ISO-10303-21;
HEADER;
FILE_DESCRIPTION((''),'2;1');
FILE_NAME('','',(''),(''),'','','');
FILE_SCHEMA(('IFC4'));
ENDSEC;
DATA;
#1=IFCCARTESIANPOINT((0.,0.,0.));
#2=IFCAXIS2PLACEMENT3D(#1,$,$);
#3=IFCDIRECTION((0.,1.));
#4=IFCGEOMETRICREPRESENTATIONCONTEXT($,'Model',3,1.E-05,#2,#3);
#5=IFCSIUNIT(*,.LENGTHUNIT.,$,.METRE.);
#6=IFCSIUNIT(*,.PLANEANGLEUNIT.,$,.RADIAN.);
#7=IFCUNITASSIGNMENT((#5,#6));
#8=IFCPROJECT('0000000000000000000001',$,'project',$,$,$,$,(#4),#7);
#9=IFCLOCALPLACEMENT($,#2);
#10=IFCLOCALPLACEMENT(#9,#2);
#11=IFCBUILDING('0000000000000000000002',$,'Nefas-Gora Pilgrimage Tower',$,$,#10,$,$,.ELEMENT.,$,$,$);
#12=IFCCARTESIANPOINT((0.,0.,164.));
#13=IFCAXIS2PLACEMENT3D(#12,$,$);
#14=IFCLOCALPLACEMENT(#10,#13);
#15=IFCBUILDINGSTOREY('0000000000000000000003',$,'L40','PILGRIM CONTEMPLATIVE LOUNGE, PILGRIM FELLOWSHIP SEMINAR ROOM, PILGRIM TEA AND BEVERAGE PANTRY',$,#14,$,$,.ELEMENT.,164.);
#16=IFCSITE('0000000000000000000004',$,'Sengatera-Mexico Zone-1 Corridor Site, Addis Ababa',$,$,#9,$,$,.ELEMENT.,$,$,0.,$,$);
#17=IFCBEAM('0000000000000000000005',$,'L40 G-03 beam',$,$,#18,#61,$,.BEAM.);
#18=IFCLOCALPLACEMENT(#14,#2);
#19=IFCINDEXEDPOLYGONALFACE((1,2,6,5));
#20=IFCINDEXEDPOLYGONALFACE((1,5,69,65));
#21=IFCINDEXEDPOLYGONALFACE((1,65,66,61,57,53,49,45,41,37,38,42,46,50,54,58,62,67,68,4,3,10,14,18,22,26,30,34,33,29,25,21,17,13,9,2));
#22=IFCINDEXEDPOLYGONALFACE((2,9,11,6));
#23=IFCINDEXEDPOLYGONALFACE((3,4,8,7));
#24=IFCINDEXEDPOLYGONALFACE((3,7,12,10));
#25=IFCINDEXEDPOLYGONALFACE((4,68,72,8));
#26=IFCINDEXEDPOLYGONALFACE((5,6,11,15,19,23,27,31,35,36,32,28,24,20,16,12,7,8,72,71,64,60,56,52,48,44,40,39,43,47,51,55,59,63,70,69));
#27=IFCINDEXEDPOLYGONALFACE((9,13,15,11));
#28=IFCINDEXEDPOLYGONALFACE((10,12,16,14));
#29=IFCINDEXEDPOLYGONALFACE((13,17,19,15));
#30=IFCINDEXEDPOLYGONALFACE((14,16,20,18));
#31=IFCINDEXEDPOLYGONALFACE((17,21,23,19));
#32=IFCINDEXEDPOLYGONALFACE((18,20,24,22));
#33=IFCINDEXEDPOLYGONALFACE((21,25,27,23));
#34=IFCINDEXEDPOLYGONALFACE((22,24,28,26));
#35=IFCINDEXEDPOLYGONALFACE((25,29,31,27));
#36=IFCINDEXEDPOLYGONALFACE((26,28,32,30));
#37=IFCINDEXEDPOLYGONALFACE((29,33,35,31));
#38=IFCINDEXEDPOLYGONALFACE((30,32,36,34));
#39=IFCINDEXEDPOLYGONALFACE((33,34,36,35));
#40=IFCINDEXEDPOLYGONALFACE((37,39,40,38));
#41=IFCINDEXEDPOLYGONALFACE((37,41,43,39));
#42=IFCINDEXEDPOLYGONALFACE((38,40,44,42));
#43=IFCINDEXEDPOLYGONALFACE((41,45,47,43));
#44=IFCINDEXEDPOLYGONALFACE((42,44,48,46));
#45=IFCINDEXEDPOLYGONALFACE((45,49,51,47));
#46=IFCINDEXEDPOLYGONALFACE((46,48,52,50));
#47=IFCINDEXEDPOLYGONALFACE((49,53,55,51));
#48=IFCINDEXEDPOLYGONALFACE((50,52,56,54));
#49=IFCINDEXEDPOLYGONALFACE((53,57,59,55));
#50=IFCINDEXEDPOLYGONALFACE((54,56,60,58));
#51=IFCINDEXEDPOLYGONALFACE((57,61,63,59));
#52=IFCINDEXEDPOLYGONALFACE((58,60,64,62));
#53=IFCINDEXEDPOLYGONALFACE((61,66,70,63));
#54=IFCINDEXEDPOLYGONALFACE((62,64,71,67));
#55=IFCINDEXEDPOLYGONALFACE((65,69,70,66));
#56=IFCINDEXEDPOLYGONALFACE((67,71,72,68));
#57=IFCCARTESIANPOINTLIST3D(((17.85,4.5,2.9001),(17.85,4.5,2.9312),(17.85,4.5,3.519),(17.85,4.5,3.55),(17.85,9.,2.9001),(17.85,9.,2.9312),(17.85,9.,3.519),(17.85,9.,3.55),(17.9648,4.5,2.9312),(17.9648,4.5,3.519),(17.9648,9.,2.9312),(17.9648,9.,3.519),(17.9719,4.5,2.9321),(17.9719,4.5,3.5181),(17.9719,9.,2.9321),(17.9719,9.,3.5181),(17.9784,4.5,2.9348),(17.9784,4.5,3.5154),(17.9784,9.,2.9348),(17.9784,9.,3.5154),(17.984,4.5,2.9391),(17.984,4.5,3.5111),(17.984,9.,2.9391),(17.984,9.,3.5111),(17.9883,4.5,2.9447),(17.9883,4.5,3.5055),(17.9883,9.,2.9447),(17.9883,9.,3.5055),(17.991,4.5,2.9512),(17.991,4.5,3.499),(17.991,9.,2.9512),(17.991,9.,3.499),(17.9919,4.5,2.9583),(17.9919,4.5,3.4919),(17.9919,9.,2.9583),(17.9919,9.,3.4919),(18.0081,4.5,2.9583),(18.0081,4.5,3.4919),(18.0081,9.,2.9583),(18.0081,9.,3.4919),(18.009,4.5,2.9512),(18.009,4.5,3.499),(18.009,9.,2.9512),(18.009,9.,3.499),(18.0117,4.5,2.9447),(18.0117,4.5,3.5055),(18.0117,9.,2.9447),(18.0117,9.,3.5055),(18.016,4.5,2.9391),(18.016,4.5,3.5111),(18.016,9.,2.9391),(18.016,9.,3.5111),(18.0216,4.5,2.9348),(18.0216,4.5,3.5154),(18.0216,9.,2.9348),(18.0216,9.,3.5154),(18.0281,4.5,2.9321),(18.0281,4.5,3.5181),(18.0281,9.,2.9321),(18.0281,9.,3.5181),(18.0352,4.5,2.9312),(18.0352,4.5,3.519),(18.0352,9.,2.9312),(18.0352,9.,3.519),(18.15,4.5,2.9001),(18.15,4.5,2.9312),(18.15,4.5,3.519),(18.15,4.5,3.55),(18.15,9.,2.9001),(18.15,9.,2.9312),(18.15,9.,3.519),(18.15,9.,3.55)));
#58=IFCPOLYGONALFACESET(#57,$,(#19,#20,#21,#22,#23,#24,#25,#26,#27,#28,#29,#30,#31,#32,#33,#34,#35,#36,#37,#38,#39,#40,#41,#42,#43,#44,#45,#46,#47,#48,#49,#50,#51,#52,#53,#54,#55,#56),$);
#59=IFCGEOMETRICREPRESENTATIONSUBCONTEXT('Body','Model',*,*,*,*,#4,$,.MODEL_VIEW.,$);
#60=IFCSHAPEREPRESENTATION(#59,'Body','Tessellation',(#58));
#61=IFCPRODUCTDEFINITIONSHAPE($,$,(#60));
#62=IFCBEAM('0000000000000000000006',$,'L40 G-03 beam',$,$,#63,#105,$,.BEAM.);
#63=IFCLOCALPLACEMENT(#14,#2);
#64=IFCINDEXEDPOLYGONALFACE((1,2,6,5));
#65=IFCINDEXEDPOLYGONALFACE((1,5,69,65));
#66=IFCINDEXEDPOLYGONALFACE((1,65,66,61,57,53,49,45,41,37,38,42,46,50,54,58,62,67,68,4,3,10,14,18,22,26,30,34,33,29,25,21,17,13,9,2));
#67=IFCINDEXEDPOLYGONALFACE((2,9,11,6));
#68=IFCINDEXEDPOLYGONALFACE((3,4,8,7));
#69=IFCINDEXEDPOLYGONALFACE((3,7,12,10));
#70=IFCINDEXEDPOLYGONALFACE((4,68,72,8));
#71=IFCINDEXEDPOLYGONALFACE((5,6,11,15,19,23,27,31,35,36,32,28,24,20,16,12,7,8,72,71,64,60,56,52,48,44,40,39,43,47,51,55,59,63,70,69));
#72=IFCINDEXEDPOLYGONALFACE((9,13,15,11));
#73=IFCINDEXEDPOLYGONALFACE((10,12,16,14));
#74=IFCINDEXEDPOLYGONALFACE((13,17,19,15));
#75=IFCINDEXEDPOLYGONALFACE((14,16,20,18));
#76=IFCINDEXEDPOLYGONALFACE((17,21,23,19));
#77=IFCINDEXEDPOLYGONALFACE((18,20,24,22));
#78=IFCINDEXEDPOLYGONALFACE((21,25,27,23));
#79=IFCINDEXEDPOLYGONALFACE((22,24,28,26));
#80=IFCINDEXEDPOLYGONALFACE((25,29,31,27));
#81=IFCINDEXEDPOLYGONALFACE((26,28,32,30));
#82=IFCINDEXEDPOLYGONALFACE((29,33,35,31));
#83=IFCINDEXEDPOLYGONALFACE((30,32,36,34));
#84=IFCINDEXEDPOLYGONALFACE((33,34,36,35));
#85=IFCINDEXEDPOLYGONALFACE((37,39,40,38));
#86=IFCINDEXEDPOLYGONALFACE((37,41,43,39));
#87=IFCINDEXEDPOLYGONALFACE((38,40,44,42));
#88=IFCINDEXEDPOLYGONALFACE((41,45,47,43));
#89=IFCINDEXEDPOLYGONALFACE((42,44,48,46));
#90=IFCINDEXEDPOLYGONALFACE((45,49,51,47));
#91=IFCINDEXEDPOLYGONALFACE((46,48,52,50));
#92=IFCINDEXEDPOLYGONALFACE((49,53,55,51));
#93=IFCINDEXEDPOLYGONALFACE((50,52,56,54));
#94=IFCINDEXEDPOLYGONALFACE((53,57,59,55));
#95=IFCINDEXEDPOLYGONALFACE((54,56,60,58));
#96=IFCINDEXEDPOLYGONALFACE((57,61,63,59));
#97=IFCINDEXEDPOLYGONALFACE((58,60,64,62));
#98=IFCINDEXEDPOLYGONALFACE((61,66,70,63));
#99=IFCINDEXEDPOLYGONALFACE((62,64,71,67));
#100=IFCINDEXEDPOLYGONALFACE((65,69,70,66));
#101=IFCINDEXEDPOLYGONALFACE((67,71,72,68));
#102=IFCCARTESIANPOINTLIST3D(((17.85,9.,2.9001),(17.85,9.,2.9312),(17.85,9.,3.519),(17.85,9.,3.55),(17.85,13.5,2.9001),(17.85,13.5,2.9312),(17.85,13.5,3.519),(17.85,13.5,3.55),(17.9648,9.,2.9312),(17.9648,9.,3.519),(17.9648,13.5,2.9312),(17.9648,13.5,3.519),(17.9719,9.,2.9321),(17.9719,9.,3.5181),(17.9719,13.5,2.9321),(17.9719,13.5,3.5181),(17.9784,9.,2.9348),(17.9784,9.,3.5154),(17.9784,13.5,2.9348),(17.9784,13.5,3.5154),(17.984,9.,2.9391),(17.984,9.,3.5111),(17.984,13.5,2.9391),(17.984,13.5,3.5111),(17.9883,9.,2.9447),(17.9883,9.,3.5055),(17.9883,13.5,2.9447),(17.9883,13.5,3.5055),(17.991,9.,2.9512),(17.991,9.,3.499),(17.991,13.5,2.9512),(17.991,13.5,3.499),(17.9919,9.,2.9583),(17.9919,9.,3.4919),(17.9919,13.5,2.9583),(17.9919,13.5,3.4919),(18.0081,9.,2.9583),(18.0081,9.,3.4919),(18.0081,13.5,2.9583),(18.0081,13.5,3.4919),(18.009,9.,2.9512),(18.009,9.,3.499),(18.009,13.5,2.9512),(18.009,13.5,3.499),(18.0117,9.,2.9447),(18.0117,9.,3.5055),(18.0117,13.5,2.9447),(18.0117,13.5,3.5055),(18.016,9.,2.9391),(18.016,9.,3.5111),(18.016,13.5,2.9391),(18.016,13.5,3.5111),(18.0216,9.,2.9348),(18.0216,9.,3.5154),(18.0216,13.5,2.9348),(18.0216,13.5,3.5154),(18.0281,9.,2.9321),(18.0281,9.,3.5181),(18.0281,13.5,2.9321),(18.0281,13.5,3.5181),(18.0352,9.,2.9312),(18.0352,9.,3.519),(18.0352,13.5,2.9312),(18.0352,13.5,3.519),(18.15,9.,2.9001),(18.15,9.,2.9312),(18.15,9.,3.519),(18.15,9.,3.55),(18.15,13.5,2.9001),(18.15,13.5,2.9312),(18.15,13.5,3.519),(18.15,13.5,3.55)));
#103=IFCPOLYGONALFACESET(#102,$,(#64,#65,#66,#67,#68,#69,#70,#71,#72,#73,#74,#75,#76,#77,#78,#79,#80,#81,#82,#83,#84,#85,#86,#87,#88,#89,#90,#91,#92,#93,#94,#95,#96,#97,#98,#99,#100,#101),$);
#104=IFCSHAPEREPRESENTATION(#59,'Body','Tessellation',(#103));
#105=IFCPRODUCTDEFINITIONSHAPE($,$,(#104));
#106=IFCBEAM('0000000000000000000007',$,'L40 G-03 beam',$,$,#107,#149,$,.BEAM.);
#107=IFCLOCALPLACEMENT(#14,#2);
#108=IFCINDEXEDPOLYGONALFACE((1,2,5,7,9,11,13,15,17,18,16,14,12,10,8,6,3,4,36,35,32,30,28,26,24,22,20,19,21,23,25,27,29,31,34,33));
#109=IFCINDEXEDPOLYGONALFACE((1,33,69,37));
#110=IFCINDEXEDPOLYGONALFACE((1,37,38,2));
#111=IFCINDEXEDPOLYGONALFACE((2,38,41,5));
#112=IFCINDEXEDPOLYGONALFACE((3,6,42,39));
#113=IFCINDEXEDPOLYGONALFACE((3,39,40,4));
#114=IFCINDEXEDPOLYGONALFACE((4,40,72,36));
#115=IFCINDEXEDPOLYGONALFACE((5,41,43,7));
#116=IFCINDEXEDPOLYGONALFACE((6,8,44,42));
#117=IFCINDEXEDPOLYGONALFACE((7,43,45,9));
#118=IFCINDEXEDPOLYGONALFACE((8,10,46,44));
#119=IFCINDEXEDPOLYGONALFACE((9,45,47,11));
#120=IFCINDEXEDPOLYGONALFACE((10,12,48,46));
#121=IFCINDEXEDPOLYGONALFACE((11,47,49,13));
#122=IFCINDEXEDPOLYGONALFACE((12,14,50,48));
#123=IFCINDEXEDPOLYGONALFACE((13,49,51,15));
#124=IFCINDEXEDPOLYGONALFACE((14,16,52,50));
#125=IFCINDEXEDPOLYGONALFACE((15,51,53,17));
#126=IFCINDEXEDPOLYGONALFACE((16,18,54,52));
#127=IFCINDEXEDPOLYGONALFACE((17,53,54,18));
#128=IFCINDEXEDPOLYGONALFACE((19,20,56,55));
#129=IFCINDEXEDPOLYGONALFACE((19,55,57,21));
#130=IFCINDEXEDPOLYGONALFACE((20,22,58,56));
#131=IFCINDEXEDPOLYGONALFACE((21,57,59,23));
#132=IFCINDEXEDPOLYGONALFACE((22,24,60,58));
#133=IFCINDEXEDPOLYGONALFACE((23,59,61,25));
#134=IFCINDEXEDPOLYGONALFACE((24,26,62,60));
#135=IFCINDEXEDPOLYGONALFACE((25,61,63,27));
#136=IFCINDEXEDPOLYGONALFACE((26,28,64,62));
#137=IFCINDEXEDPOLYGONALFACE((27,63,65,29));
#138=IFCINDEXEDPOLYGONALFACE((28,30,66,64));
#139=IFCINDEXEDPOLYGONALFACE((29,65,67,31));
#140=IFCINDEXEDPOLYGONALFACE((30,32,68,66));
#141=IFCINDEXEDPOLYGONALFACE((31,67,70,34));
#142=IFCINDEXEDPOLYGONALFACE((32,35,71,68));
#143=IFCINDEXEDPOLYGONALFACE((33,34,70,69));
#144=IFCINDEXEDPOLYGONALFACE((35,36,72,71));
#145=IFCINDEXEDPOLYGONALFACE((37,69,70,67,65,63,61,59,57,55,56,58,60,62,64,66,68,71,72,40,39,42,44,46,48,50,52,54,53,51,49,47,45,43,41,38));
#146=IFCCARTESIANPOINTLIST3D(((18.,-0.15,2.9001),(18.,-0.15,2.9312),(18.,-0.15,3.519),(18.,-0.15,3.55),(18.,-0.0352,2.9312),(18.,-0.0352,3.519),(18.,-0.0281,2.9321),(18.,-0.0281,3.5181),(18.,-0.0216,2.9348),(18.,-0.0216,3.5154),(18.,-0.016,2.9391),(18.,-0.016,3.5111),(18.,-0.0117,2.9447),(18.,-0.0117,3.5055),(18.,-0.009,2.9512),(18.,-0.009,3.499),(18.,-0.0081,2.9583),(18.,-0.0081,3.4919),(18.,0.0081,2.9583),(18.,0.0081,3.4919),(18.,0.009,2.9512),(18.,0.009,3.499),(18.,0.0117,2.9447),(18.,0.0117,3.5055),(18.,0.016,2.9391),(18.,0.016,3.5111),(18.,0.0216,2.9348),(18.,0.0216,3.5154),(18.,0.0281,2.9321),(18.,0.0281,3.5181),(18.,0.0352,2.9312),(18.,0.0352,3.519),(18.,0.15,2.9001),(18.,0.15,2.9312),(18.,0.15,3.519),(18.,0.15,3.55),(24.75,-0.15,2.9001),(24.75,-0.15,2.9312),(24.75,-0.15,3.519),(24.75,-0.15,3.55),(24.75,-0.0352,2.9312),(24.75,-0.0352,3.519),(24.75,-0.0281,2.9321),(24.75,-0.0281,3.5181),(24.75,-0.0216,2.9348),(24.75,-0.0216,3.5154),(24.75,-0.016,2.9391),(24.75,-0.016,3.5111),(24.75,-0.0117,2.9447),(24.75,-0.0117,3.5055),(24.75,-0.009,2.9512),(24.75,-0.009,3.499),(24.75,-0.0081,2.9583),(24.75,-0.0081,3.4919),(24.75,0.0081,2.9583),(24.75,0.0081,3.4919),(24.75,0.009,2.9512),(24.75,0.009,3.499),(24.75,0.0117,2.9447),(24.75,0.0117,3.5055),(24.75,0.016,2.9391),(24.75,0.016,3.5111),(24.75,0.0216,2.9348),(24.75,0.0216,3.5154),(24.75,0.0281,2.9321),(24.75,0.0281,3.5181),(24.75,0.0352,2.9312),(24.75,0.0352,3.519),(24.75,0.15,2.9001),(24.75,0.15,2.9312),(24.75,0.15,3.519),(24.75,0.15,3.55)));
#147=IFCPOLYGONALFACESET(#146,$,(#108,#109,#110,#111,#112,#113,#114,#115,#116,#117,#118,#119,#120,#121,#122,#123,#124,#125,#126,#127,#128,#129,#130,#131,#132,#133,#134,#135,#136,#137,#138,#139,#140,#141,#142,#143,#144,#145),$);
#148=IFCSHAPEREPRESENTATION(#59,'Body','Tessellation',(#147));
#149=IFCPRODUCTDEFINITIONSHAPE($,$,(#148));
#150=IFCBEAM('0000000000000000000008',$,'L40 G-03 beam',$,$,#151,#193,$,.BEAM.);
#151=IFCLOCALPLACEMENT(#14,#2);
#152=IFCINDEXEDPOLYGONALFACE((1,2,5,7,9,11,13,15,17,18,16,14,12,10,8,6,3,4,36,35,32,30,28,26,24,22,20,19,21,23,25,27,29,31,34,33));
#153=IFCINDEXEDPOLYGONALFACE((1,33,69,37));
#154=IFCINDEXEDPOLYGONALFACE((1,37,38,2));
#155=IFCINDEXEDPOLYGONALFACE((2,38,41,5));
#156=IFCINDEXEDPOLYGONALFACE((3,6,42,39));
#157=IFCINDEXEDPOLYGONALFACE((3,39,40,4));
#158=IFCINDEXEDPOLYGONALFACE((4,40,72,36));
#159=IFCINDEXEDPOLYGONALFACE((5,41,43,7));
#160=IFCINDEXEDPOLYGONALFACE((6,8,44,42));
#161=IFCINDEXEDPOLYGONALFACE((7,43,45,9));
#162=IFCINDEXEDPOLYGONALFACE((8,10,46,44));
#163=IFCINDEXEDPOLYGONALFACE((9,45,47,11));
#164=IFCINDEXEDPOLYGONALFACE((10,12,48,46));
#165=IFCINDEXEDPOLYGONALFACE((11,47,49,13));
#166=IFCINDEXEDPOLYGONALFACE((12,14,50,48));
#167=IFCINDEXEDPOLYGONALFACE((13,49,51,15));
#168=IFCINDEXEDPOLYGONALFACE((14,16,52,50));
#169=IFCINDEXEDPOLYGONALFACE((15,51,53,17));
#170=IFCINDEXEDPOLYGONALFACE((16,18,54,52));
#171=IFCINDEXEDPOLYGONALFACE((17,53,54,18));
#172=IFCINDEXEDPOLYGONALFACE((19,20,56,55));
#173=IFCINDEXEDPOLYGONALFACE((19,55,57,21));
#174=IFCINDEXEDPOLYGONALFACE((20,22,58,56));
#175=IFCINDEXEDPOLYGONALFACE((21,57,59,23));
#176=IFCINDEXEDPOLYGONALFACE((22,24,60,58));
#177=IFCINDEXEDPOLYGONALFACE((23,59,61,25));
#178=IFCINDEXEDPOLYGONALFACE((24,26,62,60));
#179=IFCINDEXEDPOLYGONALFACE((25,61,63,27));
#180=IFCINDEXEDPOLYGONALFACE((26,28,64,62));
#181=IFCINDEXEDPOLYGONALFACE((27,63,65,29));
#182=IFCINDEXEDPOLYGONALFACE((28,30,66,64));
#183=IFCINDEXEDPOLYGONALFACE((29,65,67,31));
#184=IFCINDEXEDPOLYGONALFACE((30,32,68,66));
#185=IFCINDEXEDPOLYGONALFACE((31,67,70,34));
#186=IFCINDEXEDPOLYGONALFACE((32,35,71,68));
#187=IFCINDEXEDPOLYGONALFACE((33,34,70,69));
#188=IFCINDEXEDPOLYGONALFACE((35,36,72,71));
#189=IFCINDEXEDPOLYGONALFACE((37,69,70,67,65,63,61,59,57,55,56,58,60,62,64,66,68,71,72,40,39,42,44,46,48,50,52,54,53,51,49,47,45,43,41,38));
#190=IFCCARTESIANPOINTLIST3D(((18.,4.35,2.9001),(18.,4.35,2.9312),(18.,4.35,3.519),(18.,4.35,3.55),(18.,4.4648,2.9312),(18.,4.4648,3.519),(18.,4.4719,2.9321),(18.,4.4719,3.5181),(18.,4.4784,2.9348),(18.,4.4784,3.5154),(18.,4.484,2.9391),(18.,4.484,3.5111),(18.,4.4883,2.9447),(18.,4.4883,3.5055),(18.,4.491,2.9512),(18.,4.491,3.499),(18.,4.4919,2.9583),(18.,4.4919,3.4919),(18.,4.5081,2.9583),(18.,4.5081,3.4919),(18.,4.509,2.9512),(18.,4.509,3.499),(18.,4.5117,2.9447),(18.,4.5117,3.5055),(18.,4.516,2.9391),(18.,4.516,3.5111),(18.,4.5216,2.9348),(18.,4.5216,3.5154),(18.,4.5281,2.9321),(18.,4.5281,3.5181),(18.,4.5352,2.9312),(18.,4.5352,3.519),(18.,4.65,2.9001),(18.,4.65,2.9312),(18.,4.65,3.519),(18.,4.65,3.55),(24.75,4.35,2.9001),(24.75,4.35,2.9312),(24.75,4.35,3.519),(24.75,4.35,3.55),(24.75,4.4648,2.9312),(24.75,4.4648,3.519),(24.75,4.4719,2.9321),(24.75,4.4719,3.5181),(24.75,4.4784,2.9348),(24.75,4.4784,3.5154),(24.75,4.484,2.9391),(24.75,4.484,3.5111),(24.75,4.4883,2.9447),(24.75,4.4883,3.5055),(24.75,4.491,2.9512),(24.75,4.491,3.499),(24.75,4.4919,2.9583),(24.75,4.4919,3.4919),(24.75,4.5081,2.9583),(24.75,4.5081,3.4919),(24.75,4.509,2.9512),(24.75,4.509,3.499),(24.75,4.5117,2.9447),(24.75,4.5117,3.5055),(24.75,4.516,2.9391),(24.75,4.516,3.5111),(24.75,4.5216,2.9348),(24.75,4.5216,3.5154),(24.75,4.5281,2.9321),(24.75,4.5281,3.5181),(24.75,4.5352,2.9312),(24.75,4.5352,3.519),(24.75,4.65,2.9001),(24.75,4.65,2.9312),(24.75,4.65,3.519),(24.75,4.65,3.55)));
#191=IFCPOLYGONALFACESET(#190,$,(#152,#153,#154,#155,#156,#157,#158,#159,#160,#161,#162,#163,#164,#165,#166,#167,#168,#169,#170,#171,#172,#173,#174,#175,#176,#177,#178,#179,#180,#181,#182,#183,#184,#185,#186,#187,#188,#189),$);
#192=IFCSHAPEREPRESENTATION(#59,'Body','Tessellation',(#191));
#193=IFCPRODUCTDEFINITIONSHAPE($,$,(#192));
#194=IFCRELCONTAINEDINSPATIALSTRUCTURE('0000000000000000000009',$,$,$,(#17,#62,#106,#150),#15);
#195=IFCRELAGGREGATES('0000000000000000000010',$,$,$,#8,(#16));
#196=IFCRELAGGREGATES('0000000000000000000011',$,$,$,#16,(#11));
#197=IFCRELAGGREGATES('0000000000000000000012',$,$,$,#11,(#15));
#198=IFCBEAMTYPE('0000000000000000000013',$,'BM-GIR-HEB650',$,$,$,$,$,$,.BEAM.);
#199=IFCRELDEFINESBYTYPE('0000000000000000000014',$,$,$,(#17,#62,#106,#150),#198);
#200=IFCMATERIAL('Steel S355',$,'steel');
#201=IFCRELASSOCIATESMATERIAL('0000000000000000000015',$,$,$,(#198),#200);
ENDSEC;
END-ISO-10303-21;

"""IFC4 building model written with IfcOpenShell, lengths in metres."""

from ifc_helpers import new_model, si_unit, direction, frame, origin, origin_2d, place, context, subcontext, project, spatial, i_section, extrude, source, transform, mapped, material, material_profile, profile_set, type_object, element, save


model = new_model("IFC4")

# Units and contexts
model_context = context("Model", 3, precision=1e-05, world=origin(), true_north=direction((0.0, 1.0)))
body_context = subcontext(model_context, "Body", "Model", "MODEL_VIEW")
ifc_project = project(units=[si_unit("LENGTHUNIT", "METRE"), si_unit("PLANEANGLEUNIT", "RADIAN")], contexts=[model_context])

# Site, building, storey
site_placement = place(None, origin())
site = spatial("IfcSite", under=ifc_project, at=site_placement, Name="Sengatera-Mexico Zone-1 Corridor Site, Addis Ababa", CompositionType="ELEMENT", RefElevation=0.0)
building_placement = place(site_placement, origin())
building = spatial("IfcBuilding", under=site, at=building_placement, Name="Nefas-Gora Pilgrimage Tower", CompositionType="ELEMENT")
storey_placement = place(building_placement, frame((0.0, 0.0, 164.0)))
storey = spatial("IfcBuildingStorey", under=building, at=storey_placement, Name="L40", Description="PILGRIM CONTEMPLATIVE LOUNGE, PILGRIM FELLOWSHIP SEMINAR ROOM, PILGRIM TEA AND BEVERAGE PANTRY", CompositionType="ELEMENT", Elevation=164.0)

# Beams
ifc_material_1 = material(Name="Steel S355", Category="steel")
ifc_material_profile_1 = material_profile(ifc_material_1, i_section(OverallWidth=0.3, OverallDepth=0.6499, WebThickness=0.0161, FlangeThickness=0.031, FilletRadius=0.0271, at=origin_2d()), Name="HEB 650")
ifc_profile_set_1 = profile_set([ifc_material_profile_1], Name="Steel S355")
beam_type_1 = type_object("IfcBeamType", Name="BM-GIR-HEB650", PredefinedType="BEAM", material=ifc_profile_set_1)
shared_shape_1 = source(origin(), body_context, "Body", "SweptSolid", [
    extrude(i_section(OverallWidth=0.3, OverallDepth=0.6499, WebThickness=0.0161, FlangeThickness=0.031, FilletRadius=0.0271, at=origin_2d()), origin(), (0.0, 0.0, 1.0), 4.5),
])
for number, where, z_axis, x_axis, name in (
    (1, (18.0, 4.5, 3.2251), (0.0, 1.0, 0.0), (-1.0, 0.0, 0.0), "L40 G-03 beam"),
    (2, (18.0, 9.0, 3.2251), (0.0, 1.0, 0.0), (-1.0, 0.0, 0.0), "L40 G-03 beam"),
):
    element("IfcBeam", number, at=place(storey_placement, frame(where, z_axis=z_axis, x_axis=x_axis)), inside=storey, type_object=beam_type_1, Name=name, PredefinedType="BEAM", context=body_context, shape_type="MappedRepresentation", body=[
        mapped(shared_shape_1, transform((0.0, 0.0, 0.0), x_axis=(1.0, 0.0, 0.0), y_axis=(0.0, 1.0, 0.0), z_axis=(0.0, 0.0, 1.0), scale=1.0)),
    ])
shared_shape_2 = source(origin(), body_context, "Body", "SweptSolid", [
    extrude(i_section(OverallWidth=0.3, OverallDepth=0.6499, WebThickness=0.0161, FlangeThickness=0.031, FilletRadius=0.0271, at=origin_2d()), origin(), (0.0, 0.0, 1.0), 6.75),
])
for number, where, z_axis, x_axis, name in (
    (3, (18.0, 0.0, 3.2251), (1.0, 0.0, 0.0), (0.0, 1.0, 0.0), "L40 G-03 beam"),
    (4, (18.0, 4.5, 3.2251), (1.0, 0.0, 0.0), (0.0, 1.0, 0.0), "L40 G-03 beam"),
):
    element("IfcBeam", number, at=place(storey_placement, frame(where, z_axis=z_axis, x_axis=x_axis)), inside=storey, type_object=beam_type_1, Name=name, PredefinedType="BEAM", context=body_context, shape_type="MappedRepresentation", body=[
        mapped(shared_shape_2, transform((0.0, 0.0, 0.0), x_axis=(1.0, 0.0, 0.0), y_axis=(0.0, 1.0, 0.0), z_axis=(0.0, 0.0, 1.0), scale=1.0)),
    ])

save(model, "model.ifc")
